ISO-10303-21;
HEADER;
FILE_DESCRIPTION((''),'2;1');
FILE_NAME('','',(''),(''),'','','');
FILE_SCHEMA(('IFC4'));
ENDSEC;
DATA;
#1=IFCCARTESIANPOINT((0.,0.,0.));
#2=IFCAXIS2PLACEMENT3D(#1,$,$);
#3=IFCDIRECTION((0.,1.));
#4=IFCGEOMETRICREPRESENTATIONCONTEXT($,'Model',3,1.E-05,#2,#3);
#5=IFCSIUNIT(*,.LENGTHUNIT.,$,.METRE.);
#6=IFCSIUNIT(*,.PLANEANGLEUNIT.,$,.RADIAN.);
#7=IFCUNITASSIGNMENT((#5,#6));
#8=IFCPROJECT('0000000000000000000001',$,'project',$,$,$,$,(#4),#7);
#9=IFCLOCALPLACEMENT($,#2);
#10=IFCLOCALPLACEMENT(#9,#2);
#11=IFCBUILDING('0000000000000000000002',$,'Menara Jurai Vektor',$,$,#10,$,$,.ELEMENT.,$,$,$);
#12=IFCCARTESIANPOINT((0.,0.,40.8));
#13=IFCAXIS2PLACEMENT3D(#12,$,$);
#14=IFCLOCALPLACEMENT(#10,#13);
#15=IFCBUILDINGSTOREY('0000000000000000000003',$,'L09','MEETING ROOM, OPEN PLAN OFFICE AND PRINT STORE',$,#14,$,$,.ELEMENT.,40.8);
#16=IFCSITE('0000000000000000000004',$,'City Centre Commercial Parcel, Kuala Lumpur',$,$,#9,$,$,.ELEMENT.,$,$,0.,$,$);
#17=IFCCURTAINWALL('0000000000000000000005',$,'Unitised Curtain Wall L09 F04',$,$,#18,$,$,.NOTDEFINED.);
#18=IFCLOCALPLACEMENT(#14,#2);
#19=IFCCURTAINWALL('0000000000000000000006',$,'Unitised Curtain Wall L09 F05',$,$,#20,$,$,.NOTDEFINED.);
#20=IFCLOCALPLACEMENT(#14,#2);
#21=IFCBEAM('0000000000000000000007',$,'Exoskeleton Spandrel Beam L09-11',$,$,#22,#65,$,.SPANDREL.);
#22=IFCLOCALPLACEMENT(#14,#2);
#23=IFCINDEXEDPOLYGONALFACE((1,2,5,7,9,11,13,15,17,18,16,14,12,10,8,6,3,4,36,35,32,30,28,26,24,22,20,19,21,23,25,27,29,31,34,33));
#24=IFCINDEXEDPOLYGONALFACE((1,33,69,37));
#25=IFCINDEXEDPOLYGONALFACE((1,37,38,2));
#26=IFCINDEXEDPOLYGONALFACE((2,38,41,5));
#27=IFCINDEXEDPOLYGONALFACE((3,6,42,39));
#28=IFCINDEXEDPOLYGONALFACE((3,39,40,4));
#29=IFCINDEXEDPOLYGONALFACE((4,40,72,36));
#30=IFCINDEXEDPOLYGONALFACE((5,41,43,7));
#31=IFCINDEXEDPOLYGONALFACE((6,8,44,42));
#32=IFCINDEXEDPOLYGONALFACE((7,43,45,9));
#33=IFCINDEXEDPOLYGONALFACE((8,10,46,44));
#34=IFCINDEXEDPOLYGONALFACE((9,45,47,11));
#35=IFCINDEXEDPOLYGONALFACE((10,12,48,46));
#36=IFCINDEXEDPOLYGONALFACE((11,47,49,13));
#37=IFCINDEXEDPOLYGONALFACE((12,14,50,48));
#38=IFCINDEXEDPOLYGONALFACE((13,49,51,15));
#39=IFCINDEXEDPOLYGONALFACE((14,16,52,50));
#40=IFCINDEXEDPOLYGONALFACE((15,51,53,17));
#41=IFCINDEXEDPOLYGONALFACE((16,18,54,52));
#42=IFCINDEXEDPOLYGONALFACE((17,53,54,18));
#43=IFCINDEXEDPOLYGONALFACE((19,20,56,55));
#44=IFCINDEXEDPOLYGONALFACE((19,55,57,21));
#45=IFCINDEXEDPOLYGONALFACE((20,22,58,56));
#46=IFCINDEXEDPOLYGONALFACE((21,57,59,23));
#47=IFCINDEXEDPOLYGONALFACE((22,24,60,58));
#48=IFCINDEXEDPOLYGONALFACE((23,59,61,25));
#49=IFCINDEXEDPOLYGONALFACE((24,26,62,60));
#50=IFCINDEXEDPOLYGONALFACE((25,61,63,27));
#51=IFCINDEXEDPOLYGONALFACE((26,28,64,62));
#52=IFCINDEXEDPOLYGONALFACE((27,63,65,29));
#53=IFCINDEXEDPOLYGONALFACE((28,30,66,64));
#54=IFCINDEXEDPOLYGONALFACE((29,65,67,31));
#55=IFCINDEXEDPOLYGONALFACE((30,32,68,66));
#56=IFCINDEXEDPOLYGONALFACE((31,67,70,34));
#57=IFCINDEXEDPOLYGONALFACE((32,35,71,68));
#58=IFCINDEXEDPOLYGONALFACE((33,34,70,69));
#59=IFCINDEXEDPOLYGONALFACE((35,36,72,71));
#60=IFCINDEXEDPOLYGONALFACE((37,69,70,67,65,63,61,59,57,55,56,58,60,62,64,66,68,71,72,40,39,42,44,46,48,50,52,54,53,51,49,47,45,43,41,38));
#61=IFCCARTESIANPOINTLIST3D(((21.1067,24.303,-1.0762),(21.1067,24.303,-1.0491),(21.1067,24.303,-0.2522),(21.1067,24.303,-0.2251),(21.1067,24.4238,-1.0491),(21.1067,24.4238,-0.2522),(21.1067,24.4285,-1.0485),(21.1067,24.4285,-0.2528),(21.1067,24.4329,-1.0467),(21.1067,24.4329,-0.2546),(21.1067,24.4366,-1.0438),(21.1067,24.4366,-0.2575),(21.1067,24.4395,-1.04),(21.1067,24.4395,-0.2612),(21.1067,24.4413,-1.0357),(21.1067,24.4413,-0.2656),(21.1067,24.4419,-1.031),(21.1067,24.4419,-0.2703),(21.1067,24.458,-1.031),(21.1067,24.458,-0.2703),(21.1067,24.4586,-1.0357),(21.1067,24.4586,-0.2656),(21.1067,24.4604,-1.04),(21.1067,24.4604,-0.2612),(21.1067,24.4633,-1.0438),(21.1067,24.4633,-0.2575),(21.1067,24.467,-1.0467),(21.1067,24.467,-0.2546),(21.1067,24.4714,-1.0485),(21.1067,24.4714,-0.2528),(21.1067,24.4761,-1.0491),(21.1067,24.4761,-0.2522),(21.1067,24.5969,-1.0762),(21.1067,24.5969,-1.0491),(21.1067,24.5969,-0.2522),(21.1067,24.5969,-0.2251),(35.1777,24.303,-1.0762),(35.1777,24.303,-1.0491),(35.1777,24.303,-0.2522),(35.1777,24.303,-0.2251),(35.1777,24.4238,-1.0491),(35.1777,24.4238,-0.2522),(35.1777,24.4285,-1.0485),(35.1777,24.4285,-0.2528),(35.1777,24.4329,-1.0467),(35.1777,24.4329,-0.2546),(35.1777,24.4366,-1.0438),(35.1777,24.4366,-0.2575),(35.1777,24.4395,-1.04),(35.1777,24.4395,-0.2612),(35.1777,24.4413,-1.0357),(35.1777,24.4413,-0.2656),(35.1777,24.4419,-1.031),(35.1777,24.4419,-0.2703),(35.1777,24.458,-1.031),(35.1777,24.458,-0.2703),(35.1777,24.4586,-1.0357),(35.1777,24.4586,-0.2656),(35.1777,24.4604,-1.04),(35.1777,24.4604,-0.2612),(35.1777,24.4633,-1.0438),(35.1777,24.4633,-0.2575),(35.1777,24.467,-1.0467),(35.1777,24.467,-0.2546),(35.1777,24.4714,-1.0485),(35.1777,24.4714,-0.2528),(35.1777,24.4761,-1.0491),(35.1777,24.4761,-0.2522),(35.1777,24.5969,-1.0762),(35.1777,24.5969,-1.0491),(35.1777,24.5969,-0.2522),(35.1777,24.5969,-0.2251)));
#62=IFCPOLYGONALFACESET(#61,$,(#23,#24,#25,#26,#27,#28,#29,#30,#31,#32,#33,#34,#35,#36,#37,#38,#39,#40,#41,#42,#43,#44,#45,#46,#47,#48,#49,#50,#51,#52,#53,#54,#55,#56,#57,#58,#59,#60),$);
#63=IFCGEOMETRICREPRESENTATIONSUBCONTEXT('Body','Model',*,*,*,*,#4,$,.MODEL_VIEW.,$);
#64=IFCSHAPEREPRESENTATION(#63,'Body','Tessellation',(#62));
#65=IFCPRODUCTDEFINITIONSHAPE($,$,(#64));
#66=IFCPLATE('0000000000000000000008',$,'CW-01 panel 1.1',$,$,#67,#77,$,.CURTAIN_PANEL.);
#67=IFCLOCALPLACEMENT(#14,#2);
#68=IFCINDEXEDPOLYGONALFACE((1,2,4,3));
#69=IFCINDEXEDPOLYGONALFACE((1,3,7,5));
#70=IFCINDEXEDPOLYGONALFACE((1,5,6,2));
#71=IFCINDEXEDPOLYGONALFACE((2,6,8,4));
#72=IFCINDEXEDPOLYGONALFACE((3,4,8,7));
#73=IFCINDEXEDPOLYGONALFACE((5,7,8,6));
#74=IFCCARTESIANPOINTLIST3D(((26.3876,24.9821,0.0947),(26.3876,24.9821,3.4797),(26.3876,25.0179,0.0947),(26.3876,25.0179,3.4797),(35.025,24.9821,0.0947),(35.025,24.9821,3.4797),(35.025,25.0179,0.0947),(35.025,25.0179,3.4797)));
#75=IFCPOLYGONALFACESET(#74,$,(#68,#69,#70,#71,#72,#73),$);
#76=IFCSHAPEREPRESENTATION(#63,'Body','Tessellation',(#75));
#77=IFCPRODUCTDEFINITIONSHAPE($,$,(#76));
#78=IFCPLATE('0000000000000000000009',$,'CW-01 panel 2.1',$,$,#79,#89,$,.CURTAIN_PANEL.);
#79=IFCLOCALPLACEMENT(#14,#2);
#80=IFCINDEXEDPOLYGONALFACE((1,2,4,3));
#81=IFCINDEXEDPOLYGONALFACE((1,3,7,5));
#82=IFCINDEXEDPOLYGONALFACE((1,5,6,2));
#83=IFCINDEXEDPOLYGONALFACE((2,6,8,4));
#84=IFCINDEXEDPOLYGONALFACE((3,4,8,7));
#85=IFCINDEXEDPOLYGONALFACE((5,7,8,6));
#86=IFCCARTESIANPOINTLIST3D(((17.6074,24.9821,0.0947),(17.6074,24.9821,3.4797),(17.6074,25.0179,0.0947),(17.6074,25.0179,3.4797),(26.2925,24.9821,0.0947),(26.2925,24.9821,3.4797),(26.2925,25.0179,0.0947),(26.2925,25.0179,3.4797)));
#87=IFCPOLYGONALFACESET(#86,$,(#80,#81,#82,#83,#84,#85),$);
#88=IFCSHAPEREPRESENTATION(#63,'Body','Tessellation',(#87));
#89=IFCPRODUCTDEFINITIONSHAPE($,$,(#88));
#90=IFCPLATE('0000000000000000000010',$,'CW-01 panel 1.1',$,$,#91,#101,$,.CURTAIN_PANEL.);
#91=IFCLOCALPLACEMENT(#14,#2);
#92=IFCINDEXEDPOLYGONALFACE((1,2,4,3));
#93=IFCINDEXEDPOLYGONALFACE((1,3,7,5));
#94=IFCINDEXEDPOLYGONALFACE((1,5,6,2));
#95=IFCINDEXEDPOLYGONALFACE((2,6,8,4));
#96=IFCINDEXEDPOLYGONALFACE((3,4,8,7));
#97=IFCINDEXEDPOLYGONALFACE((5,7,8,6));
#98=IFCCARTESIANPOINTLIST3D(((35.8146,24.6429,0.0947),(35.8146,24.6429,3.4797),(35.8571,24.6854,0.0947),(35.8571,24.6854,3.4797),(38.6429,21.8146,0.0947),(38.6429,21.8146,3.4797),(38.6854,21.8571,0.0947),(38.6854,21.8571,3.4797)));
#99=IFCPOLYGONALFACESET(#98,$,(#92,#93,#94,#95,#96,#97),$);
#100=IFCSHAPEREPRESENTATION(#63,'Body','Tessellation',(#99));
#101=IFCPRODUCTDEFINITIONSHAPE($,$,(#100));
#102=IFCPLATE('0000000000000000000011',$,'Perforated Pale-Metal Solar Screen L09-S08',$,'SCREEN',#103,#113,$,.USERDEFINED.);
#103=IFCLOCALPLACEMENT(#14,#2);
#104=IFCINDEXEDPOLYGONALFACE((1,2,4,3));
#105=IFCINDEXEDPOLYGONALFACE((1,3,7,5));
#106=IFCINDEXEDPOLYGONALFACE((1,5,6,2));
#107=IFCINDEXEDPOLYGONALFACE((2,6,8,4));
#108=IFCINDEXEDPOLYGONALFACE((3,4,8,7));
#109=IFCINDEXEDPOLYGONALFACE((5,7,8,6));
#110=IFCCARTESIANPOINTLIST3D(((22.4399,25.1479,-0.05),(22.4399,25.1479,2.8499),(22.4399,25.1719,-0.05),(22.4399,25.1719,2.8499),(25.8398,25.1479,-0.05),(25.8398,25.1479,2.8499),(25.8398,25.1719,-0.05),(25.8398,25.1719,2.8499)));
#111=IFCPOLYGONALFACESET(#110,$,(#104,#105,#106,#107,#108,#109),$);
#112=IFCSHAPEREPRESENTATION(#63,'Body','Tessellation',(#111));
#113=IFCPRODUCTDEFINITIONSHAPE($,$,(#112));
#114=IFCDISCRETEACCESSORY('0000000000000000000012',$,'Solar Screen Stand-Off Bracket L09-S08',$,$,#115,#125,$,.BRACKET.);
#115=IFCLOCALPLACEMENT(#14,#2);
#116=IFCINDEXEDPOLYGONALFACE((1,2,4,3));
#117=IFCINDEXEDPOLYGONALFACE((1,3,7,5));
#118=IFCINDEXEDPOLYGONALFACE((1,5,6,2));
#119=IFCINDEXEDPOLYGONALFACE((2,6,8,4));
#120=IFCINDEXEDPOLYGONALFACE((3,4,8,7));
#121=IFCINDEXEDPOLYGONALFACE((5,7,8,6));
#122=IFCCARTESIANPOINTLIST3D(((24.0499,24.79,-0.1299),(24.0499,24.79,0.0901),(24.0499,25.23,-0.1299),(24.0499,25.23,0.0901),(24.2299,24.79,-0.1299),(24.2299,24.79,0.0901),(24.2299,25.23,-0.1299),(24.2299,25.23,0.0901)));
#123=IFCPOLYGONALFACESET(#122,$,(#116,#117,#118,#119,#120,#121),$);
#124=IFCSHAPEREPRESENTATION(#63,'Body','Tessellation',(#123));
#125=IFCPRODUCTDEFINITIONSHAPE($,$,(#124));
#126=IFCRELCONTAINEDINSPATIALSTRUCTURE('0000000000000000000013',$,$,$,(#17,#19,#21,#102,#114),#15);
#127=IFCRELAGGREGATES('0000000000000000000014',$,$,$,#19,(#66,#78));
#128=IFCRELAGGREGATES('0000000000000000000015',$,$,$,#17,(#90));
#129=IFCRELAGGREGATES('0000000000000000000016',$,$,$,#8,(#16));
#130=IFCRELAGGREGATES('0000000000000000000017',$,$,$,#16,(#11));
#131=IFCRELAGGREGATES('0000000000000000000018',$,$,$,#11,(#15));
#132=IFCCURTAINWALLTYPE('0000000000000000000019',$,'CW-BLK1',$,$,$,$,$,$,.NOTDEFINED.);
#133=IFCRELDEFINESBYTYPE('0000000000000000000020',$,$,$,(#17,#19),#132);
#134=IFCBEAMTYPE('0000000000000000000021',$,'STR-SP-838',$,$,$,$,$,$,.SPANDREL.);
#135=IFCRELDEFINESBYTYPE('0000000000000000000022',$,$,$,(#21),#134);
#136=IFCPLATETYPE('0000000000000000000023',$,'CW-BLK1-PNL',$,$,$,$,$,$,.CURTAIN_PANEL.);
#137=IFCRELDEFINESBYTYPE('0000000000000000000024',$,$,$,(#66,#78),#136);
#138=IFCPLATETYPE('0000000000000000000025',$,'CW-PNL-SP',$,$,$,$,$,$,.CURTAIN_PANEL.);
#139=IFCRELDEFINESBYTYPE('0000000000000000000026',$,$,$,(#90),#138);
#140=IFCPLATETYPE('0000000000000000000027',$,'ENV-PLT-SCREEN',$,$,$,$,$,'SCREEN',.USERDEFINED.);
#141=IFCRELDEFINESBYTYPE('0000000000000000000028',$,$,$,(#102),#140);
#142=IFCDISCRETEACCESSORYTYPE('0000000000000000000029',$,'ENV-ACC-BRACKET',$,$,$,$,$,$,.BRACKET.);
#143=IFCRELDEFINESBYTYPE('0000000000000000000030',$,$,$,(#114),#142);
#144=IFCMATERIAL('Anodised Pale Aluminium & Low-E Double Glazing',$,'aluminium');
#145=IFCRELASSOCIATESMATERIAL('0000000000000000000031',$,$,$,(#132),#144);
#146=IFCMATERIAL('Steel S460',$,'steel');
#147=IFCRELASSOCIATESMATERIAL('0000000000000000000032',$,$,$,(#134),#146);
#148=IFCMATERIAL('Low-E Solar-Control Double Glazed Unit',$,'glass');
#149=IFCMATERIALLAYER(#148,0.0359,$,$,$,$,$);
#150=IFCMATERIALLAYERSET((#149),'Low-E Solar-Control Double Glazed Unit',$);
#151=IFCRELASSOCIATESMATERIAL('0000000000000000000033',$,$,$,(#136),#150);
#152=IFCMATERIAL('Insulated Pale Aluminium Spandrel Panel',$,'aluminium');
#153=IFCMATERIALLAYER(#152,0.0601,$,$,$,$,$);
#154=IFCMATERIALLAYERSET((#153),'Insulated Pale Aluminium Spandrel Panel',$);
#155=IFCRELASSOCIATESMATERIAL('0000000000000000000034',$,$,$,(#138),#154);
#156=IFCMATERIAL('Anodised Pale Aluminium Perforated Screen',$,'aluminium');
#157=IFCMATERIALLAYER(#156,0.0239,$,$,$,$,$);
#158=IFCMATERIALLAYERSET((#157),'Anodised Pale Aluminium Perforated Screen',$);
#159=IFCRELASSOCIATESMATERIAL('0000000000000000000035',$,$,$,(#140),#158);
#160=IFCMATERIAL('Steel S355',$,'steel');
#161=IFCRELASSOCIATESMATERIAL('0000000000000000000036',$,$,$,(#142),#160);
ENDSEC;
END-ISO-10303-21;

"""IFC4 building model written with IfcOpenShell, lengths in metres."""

from ifc_helpers import new_model, si_unit, direction, frame, origin, origin_2d, place, context, subcontext, project, spatial, rectangle, i_section, extrude, material, layer, layer_set, material_profile, profile_set, type_object, element, aggregate, save


model = new_model("IFC4")

# Units and contexts
model_context = context("Model", 3, precision=1e-05, world=origin(), true_north=direction((0.0, 1.0)))
body_context = subcontext(model_context, "Body", "Model", "MODEL_VIEW")
ifc_project = project(units=[si_unit("LENGTHUNIT", "METRE"), si_unit("PLANEANGLEUNIT", "RADIAN")], contexts=[model_context])

# Site, building, storey
site_placement = place(None, origin())
site = spatial("IfcSite", under=ifc_project, at=site_placement, Name="City Centre Commercial Parcel, Kuala Lumpur", CompositionType="ELEMENT", RefElevation=0.0)
building_placement = place(site_placement, origin())
building = spatial("IfcBuilding", under=site, at=building_placement, Name="Menara Jurai Vektor", CompositionType="ELEMENT")
storey_placement = place(building_placement, frame((0.0, 0.0, 40.8)))
storey = spatial("IfcBuildingStorey", under=building, at=storey_placement, Name="L09", Description="MEETING ROOM, OPEN PLAN OFFICE AND PRINT STORE", CompositionType="ELEMENT", Elevation=40.8)

# Shared definitions
ifc_material_1 = material(Name="Steel S460", Category="steel")

# Curtain walls
ifc_material_2 = material(Name="Anodised Pale Aluminium & Low-E Double Glazing", Category="aluminium")
curtain_wall_type = type_object("IfcCurtainWallType", Name="CW-BLK1", PredefinedType="NOTDEFINED", material=ifc_material_2)
curtain_wall_1_placement = place(storey_placement, origin())
curtain_wall_1 = element("IfcCurtainWall", 1, at=curtain_wall_1_placement, inside=storey, type_object=curtain_wall_type, Name="Unitised Curtain Wall L09 F04", PredefinedType="NOTDEFINED")
curtain_wall_2_placement = place(storey_placement, origin())
curtain_wall_2 = element("IfcCurtainWall", 2, at=curtain_wall_2_placement, inside=storey, type_object=curtain_wall_type, Name="Unitised Curtain Wall L09 F05", PredefinedType="NOTDEFINED")

# Shared definitions
ifc_material_3 = material(Name="Steel S355", Category="steel")

# Beam
ifc_material_profile_1 = material_profile(ifc_material_1, i_section(OverallWidth=0.2939, OverallDepth=0.8511, WebThickness=0.0161, FlangeThickness=0.0271, FilletRadius=0.0181, at=origin_2d()), Name="UKB 838x292x226")
ifc_profile_set_1 = profile_set([ifc_material_profile_1], Name="Steel S460")
beam_type_1 = type_object("IfcBeamType", Name="STR-SP-838", PredefinedType="SPANDREL", material=ifc_profile_set_1)
beam_1_placement = place(storey_placement, frame((35.1777, 24.45, -0.6506), z_axis=(-1.0, 0.0, 0.0), x_axis=(0.0, -1.0, 0.0)))
element("IfcBeam", 3, at=beam_1_placement, inside=storey, type_object=beam_type_1, Name="Exoskeleton Spandrel Beam L09-11", PredefinedType="SPANDREL", context=body_context, shape_type="SweptSolid", body=[
    extrude(i_section(OverallWidth=0.2939, OverallDepth=0.8511, WebThickness=0.0161, FlangeThickness=0.0271, FilletRadius=0.0181, at=origin_2d()), origin(), (0.0, 0.0, 1.0), 14.071),
])

# Plates
ifc_material_4 = material(Name="Low-E Solar-Control Double Glazed Unit", Category="glass")
ifc_layer_1 = layer(ifc_material_4, 0.0359)
ifc_layer_set_1 = layer_set([ifc_layer_1], Name="Low-E Solar-Control Double Glazed Unit")
plate_type_1 = type_object("IfcPlateType", Name="CW-BLK1-PNL", PredefinedType="CURTAIN_PANEL", material=ifc_layer_set_1)
plate_1_placement = place(storey_placement, frame((30.7063, 25.0, 0.0947), z_axis=(0.0, 0.0, 1.0), x_axis=(-1.0, 0.0, 0.0)))
plate_1 = element("IfcPlate", 4, at=plate_1_placement, type_object=plate_type_1, Name="CW-01 panel 1.1", PredefinedType="CURTAIN_PANEL", context=body_context, shape_type="SweptSolid", body=[
    extrude(rectangle(XDim=8.6375, YDim=0.0359, at=origin_2d()), origin(), (0.0, 0.0, 1.0), 3.385),
])
plate_2_placement = place(storey_placement, frame((21.95, 25.0, 0.0947), z_axis=(0.0, 0.0, 1.0), x_axis=(-1.0, 0.0, 0.0)))
plate_2 = element("IfcPlate", 5, at=plate_2_placement, type_object=plate_type_1, Name="CW-01 panel 2.1", PredefinedType="CURTAIN_PANEL", context=body_context, shape_type="SweptSolid", body=[
    extrude(rectangle(XDim=8.6851, YDim=0.0359, at=origin_2d()), origin(), (0.0, 0.0, 1.0), 3.385),
])
aggregate(curtain_wall_2, [plate_1, plate_2])
ifc_material_5 = material(Name="Insulated Pale Aluminium Spandrel Panel", Category="aluminium")
ifc_layer_2 = layer(ifc_material_5, 0.0601)
ifc_layer_set_2 = layer_set([ifc_layer_2], Name="Insulated Pale Aluminium Spandrel Panel")
plate_type_2 = type_object("IfcPlateType", Name="CW-PNL-SP", PredefinedType="CURTAIN_PANEL", material=ifc_layer_set_2)
plate_3_placement = place(storey_placement, frame((37.25, 23.25, 0.0947), z_axis=(0.0, 0.0, 1.0), x_axis=(-0.707107, 0.707107, 0.0)))
plate_3 = element("IfcPlate", 6, at=plate_3_placement, type_object=plate_type_2, Name="CW-01 panel 1.1", PredefinedType="CURTAIN_PANEL", context=body_context, shape_type="SweptSolid", body=[
    extrude(rectangle(XDim=3.9998, YDim=0.0601, at=origin_2d()), origin(), (0.0, 0.0, 1.0), 3.385),
])
aggregate(curtain_wall_1, [plate_3])
ifc_material_6 = material(Name="Anodised Pale Aluminium Perforated Screen", Category="aluminium")
ifc_layer_3 = layer(ifc_material_6, 0.0239)
ifc_layer_set_3 = layer_set([ifc_layer_3], Name="Anodised Pale Aluminium Perforated Screen")
plate_type_3 = type_object("IfcPlateType", Name="ENV-PLT-SCREEN", ElementType="SCREEN", PredefinedType="USERDEFINED", material=ifc_layer_set_3)
plate_4_placement = place(storey_placement, frame((24.1399, 25.1599, -0.05), z_axis=(0.0, 0.0, 1.0), x_axis=(-1.0, 0.0, 0.0)))
element("IfcPlate", 7, at=plate_4_placement, inside=storey, type_object=plate_type_3, Name="Perforated Pale-Metal Solar Screen L09-S08", ObjectType="SCREEN", PredefinedType="USERDEFINED", context=body_context, shape_type="SweptSolid", body=[
    extrude(rectangle(XDim=3.3999, YDim=0.0239, at=origin_2d()), origin(), (0.0, 0.0, 1.0), 2.8999),
])

# Discrete accessory
discrete_accessory_type = type_object("IfcDiscreteAccessoryType", Name="ENV-ACC-BRACKET", PredefinedType="BRACKET", material=ifc_material_3)
discrete_accessory_placement = place(storey_placement, frame((24.1399, 25.01, -0.1299), z_axis=(0.0, 0.0, 1.0), x_axis=(-1.0, 0.0, 0.0)))
element("IfcDiscreteAccessory", 8, at=discrete_accessory_placement, inside=storey, type_object=discrete_accessory_type, Name="Solar Screen Stand-Off Bracket L09-S08", PredefinedType="BRACKET", context=body_context, shape_type="SweptSolid", body=[
    extrude(rectangle(XDim=0.1799, YDim=0.4399, at=origin_2d()), origin(), (0.0, 0.0, 1.0), 0.22),
])

save(model, "model.ifc")
